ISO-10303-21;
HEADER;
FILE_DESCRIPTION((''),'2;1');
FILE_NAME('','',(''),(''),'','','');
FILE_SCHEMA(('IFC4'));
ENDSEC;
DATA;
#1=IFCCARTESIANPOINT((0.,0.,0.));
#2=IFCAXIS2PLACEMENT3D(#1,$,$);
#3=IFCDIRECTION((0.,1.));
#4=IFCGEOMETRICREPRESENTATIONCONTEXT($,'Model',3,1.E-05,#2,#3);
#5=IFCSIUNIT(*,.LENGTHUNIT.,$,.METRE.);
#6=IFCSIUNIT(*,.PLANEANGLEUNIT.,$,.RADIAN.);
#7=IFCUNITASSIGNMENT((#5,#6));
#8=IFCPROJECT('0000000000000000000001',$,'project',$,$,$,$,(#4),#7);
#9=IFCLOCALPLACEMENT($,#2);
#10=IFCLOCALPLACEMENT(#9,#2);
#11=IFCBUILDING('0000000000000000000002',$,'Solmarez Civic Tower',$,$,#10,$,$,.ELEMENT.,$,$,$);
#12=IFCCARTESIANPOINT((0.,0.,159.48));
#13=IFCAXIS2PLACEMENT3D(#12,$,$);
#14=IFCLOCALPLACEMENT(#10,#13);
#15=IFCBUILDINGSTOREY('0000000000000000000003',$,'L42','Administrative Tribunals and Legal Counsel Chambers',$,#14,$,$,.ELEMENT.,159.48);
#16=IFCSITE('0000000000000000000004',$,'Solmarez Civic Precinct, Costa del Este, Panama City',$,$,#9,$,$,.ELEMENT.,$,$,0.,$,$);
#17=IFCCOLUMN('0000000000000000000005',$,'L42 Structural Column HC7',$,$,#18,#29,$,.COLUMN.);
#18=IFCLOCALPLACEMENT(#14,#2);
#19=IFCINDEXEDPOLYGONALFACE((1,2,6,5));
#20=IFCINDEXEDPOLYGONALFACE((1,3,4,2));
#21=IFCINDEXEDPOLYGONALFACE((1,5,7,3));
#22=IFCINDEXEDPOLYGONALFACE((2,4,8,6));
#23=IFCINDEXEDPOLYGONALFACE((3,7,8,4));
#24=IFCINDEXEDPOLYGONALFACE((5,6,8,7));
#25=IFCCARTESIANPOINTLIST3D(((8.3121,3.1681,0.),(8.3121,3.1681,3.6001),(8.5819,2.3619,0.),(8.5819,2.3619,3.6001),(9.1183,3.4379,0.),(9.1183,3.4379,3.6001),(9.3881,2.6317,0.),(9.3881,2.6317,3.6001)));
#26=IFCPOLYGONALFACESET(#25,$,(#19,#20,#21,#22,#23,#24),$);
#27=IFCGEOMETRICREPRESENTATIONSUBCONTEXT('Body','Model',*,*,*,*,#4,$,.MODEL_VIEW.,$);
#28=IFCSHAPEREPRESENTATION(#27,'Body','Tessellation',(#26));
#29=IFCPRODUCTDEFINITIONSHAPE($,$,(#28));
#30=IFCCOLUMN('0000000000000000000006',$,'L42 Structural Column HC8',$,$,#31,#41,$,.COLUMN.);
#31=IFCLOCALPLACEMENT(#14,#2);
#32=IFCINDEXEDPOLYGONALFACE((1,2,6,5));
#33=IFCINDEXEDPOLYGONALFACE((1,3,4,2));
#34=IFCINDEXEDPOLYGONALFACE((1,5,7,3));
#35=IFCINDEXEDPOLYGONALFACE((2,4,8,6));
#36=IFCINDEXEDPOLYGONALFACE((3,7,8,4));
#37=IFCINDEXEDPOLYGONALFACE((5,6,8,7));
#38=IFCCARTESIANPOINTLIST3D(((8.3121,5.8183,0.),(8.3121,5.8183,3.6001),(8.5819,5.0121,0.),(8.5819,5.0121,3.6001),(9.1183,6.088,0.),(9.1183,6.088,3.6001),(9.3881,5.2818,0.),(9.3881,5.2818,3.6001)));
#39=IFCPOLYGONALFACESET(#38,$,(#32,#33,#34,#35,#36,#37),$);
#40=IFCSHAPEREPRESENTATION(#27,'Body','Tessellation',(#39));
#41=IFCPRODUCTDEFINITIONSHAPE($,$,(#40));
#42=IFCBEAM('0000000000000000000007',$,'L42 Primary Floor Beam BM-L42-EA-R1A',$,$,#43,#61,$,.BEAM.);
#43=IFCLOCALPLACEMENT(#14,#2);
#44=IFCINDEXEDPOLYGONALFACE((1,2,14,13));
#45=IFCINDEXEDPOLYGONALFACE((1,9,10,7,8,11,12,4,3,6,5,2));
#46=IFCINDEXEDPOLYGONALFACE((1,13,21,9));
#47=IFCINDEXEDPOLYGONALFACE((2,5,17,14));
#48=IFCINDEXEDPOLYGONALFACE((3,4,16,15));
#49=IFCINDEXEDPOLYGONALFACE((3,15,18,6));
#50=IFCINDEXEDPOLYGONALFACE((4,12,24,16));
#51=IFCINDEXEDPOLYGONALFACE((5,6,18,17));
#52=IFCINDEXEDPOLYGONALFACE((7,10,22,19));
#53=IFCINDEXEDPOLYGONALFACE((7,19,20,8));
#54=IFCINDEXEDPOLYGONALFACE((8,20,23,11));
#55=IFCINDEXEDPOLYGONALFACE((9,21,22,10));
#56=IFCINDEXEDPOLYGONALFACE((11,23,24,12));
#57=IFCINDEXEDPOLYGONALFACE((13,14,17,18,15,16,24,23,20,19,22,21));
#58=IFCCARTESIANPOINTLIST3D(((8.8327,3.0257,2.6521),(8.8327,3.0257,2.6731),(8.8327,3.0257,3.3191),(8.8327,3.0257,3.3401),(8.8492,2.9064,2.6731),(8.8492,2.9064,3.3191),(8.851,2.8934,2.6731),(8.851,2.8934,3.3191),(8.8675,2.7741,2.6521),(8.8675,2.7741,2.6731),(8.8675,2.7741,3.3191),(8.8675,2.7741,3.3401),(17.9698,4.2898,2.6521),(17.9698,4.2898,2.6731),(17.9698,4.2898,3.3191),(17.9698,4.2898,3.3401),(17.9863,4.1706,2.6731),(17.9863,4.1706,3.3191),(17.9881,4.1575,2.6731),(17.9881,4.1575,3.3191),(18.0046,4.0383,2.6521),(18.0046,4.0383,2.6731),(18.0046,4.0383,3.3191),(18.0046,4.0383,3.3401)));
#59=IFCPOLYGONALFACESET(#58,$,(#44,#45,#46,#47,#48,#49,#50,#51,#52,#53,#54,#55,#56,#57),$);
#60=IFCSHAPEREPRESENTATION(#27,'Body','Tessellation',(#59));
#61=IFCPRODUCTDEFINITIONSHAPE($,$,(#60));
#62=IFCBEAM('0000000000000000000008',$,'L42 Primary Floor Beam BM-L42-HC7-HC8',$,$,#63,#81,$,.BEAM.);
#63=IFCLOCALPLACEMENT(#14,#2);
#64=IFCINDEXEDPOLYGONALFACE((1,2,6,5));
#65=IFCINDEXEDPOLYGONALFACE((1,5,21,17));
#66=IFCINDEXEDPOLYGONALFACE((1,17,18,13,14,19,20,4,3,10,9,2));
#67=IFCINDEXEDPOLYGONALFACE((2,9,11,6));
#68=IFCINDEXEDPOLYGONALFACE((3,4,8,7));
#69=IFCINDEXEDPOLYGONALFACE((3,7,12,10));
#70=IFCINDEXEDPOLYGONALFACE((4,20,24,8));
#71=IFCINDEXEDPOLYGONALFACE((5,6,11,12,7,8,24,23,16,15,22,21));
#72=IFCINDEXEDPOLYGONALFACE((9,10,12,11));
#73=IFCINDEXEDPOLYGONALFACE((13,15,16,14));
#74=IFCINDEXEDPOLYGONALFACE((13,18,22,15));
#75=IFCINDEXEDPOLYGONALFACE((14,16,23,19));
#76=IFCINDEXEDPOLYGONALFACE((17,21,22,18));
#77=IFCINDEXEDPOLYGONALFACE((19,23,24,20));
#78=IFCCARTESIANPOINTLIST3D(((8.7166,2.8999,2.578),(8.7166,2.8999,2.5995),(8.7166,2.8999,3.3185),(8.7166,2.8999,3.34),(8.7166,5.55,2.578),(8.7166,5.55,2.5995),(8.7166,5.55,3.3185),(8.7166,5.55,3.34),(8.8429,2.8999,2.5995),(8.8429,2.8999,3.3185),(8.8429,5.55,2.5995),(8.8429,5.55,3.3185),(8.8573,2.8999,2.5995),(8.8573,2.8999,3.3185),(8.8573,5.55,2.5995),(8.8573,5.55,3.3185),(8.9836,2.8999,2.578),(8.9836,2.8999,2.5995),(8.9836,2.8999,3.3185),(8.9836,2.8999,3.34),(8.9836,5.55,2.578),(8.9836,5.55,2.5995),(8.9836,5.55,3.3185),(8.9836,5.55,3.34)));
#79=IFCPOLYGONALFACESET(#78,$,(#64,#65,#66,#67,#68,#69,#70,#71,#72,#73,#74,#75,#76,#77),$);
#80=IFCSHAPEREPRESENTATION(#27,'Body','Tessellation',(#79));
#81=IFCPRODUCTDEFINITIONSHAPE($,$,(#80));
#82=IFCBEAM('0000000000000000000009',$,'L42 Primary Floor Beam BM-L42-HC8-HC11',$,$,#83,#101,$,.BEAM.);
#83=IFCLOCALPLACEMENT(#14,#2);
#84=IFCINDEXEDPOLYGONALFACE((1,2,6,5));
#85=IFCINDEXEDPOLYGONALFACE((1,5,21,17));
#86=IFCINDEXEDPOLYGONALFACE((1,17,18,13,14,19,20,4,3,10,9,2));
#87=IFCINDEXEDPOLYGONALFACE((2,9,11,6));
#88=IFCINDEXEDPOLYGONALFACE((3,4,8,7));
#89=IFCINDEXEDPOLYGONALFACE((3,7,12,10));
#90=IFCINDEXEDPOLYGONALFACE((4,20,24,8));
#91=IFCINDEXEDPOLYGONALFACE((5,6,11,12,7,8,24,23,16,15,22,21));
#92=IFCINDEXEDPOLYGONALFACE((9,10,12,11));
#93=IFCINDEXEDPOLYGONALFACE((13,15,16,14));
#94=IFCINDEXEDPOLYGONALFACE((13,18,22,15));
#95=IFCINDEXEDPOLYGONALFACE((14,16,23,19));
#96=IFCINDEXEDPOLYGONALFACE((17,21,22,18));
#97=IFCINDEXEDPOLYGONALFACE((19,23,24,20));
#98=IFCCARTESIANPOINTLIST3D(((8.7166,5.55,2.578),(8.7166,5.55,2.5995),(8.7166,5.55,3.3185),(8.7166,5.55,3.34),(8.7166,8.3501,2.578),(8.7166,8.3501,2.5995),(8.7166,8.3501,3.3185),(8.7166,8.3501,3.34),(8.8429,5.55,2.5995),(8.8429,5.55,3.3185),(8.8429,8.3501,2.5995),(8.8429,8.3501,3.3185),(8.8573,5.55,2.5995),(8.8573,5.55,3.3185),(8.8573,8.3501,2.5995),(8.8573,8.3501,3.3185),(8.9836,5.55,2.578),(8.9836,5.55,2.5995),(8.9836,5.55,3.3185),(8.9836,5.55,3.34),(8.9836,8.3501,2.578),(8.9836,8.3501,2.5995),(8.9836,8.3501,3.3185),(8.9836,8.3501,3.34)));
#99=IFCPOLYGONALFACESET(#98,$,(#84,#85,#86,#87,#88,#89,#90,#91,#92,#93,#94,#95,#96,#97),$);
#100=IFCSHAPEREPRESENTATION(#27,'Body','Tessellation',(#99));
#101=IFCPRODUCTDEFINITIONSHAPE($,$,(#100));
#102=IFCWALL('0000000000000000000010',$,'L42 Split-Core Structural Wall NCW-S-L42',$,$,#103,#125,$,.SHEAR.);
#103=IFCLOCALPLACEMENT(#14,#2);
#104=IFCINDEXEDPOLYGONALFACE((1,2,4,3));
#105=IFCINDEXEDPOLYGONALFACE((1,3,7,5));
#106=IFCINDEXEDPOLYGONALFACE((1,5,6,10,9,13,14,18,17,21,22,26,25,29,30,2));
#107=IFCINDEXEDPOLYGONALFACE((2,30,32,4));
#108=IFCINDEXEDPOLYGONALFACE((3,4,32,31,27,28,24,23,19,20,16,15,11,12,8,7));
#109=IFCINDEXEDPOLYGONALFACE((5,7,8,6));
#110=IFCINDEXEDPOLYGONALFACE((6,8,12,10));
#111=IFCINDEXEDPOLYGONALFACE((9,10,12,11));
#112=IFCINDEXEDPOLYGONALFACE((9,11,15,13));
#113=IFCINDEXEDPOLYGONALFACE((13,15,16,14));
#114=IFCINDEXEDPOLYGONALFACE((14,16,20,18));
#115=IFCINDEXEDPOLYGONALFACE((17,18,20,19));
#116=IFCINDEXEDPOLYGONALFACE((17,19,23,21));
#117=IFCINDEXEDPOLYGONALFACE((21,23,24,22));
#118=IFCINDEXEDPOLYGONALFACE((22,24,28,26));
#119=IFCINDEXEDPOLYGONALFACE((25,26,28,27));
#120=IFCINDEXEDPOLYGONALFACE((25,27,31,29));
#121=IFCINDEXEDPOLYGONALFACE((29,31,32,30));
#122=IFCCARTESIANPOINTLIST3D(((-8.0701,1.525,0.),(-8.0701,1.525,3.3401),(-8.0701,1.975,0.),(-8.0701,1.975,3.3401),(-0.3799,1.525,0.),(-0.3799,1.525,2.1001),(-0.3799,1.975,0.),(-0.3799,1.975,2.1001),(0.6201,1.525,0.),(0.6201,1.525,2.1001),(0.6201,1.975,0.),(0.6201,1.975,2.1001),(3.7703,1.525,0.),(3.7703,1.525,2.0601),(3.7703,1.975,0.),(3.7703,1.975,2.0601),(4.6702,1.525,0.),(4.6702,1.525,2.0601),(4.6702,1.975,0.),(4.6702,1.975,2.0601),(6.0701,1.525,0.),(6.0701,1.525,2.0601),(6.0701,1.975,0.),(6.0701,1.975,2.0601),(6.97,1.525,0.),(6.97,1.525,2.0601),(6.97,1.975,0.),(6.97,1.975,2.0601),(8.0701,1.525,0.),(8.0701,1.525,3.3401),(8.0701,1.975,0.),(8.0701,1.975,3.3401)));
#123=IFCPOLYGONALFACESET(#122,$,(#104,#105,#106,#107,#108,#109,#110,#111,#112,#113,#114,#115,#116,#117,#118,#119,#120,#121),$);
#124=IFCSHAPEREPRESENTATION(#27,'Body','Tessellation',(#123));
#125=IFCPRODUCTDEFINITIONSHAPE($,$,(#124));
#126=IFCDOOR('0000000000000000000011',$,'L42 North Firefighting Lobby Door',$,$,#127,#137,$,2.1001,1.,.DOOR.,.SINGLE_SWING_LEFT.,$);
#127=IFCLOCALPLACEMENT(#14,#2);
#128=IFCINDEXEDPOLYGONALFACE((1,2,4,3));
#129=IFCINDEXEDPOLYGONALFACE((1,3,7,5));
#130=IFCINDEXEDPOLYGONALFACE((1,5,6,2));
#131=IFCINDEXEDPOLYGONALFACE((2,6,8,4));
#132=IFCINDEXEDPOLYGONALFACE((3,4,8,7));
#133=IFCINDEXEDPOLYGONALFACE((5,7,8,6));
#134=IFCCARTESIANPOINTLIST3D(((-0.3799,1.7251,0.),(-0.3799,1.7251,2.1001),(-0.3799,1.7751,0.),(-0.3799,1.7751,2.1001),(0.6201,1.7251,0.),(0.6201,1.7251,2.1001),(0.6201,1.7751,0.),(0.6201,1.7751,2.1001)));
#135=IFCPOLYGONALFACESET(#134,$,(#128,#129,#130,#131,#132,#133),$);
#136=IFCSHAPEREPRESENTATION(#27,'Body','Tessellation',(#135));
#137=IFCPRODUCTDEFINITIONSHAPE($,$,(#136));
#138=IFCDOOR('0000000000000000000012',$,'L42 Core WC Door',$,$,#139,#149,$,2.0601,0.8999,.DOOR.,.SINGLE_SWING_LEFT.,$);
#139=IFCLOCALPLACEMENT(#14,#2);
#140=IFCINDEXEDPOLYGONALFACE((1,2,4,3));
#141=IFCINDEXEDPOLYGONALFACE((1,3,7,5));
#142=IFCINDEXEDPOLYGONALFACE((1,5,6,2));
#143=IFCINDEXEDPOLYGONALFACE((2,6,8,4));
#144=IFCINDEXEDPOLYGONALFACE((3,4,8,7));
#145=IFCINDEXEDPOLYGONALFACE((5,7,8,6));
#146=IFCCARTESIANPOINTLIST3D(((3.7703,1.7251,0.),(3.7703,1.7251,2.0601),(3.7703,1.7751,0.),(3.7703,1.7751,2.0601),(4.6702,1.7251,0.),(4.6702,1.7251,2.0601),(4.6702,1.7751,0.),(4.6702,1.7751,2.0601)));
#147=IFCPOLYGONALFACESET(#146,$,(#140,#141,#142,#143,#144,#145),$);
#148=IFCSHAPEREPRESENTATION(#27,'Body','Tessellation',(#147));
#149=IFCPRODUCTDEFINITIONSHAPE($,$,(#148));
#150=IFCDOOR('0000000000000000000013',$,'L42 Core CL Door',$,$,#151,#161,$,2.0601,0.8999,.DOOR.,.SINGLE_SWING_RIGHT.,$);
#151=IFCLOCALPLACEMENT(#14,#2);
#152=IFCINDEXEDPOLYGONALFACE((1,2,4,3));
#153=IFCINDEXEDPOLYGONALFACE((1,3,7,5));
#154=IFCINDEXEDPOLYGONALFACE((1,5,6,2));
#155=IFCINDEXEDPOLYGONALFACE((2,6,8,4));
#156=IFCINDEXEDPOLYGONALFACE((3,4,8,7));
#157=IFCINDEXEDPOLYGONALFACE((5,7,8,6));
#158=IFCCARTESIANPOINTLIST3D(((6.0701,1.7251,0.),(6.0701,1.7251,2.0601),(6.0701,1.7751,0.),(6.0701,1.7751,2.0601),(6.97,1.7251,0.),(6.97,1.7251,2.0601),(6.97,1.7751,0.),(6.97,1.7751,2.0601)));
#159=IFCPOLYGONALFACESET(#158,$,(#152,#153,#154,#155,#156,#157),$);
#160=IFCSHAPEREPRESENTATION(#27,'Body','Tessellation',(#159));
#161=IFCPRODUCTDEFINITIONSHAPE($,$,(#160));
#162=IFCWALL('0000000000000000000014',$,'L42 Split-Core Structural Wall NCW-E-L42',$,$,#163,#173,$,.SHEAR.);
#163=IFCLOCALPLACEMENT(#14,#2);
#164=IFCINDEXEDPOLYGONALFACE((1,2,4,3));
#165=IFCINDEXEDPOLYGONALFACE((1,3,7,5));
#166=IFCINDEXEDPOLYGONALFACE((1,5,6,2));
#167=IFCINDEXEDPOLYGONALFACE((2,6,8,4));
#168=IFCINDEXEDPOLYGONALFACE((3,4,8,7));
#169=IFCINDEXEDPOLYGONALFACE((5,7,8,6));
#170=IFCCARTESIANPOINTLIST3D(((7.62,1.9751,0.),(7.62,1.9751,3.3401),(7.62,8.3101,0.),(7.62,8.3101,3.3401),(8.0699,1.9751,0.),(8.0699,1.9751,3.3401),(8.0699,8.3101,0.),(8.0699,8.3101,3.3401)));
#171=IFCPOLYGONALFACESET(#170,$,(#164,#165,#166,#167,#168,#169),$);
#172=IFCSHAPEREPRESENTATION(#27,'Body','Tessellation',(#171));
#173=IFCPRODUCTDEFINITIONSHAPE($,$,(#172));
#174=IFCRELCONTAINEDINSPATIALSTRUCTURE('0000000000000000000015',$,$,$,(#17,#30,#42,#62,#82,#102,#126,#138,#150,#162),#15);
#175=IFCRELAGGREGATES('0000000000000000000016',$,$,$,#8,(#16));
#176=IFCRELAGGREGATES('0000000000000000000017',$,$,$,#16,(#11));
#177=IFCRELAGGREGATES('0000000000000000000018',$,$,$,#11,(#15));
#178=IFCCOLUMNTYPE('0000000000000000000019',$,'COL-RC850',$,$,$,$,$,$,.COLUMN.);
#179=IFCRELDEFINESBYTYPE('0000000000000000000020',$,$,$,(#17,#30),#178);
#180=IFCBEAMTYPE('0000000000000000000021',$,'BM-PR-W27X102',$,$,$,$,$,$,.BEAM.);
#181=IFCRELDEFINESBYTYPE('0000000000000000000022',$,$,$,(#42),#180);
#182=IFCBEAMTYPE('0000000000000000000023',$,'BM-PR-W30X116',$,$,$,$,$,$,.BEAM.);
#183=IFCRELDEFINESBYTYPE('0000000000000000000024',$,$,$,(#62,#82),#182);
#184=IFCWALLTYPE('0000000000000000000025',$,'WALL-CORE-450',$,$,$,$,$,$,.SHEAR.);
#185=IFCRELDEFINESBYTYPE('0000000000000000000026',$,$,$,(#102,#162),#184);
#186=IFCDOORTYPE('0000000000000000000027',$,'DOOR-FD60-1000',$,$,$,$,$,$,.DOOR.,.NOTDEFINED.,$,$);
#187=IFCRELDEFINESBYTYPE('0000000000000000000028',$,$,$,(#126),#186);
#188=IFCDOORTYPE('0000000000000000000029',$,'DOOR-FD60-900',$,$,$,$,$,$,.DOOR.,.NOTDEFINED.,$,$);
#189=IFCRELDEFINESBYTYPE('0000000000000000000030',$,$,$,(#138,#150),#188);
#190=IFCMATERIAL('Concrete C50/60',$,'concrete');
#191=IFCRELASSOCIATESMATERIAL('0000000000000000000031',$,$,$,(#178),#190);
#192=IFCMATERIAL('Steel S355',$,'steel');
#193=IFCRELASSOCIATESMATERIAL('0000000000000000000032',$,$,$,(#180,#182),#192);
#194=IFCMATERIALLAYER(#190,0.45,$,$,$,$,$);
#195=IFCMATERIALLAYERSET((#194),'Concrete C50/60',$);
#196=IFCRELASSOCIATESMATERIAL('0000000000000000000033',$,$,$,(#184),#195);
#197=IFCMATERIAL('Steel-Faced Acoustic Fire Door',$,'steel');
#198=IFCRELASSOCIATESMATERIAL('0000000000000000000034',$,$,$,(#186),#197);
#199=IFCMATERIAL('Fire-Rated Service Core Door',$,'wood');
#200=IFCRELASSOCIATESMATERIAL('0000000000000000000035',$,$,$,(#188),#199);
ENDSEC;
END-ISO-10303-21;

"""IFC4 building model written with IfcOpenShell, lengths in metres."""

from ifc_helpers import new_model, si_unit, direction, frame, frame_2d, origin, origin_2d, place, context, subcontext, project, spatial, rectangle, i_section, extrude, material, layer, layer_set, material_profile, profile_set, type_object, element, fill, save


model = new_model("IFC4")

# Units and contexts
model_context = context("Model", 3, precision=1e-05, world=origin(), true_north=direction((0.0, 1.0)))
body_context = subcontext(model_context, "Body", "Model", "MODEL_VIEW")
ifc_project = project(units=[si_unit("LENGTHUNIT", "METRE"), si_unit("PLANEANGLEUNIT", "RADIAN")], contexts=[model_context])

# Site, building, storey
site_placement = place(None, origin())
site = spatial("IfcSite", under=ifc_project, at=site_placement, Name="Solmarez Civic Precinct, Costa del Este, Panama City", CompositionType="ELEMENT", RefElevation=0.0)
building_placement = place(site_placement, origin())
building = spatial("IfcBuilding", under=site, at=building_placement, Name="Solmarez Civic Tower", CompositionType="ELEMENT")
storey_placement = place(building_placement, frame((0.0, 0.0, 159.48)))
storey = spatial("IfcBuildingStorey", under=building, at=storey_placement, Name="L42", Description="Administrative Tribunals and Legal Counsel Chambers", CompositionType="ELEMENT", Elevation=159.48)

# Columns
ifc_material_1 = material(Name="Concrete C50/60", Category="concrete")
ifc_material_profile_1 = material_profile(ifc_material_1, rectangle(XDim=0.8501, YDim=0.8501, at=origin_2d()), Name="RC850X850")
ifc_profile_set_1 = profile_set([ifc_material_profile_1], Name="Concrete C50/60")
column_type = type_object("IfcColumnType", Name="COL-RC850", PredefinedType="COLUMN", material=ifc_profile_set_1)
for number, where, z_axis, x_axis, name in (
    (1, (8.8501, 2.8999, 0.0), (0.0, 0.0, 1.0), (0.948324, 0.317305, 0.0), "L42 Structural Column HC7"),
    (2, (8.8501, 5.55, 0.0), (0.0, 0.0, 1.0), (0.948324, 0.317305, 0.0), "L42 Structural Column HC8"),
):
    element("IfcColumn", number, at=place(storey_placement, frame(where, z_axis=z_axis, x_axis=x_axis)), inside=storey, type_object=column_type, Name=name, PredefinedType="COLUMN", context=body_context, shape_type="SweptSolid", body=[
        extrude(rectangle(XDim=0.8501, YDim=0.8501, at=origin_2d()), origin(), (0.0, 0.0, 1.0), 3.6001),
    ])

# Beams
ifc_material_2 = material(Name="Steel S355", Category="steel")
ifc_material_profile_2 = material_profile(ifc_material_2, i_section(OverallWidth=0.2539, OverallDepth=0.688, WebThickness=0.0132, FlangeThickness=0.021, at=origin_2d()), Name="W27X102")
ifc_profile_set_2 = profile_set([ifc_material_profile_2], Name="Steel S355")
beam_type_1 = type_object("IfcBeamType", Name="BM-PR-W27X102", PredefinedType="BEAM", material=ifc_profile_set_2)
beam_1_placement = place(storey_placement, frame((8.8501, 2.8999, 2.9961), z_axis=(0.990564, 0.137051, 0.0), x_axis=(-0.137051, 0.990564, 0.0)))
element("IfcBeam", 3, at=beam_1_placement, inside=storey, type_object=beam_type_1, Name="L42 Primary Floor Beam BM-L42-EA-R1A", PredefinedType="BEAM", context=body_context, shape_type="SweptSolid", body=[
    extrude(i_section(OverallWidth=0.2539, OverallDepth=0.688, WebThickness=0.0132, FlangeThickness=0.021, at=origin_2d()), origin(), (0.0, 0.0, 1.0), 9.2241),
])
ifc_material_profile_3 = material_profile(ifc_material_2, i_section(OverallWidth=0.2671, OverallDepth=0.762, WebThickness=0.0144, FlangeThickness=0.0215, at=origin_2d()), Name="W30X116")
ifc_profile_set_3 = profile_set([ifc_material_profile_3], Name="Steel S355")
beam_type_2 = type_object("IfcBeamType", Name="BM-PR-W30X116", PredefinedType="BEAM", material=ifc_profile_set_3)
beam_2_placement = place(storey_placement, frame((8.8501, 2.8999, 2.959), z_axis=(0.0, 1.0, 0.0), x_axis=(-1.0, 0.0, 0.0)))
element("IfcBeam", 4, at=beam_2_placement, inside=storey, type_object=beam_type_2, Name="L42 Primary Floor Beam BM-L42-HC7-HC8", PredefinedType="BEAM", context=body_context, shape_type="SweptSolid", body=[
    extrude(i_section(OverallWidth=0.2671, OverallDepth=0.762, WebThickness=0.0144, FlangeThickness=0.0215, at=origin_2d()), origin(), (0.0, 0.0, 1.0), 2.6501),
])
beam_3_placement = place(storey_placement, frame((8.8501, 5.55, 2.959), z_axis=(0.0, 1.0, 0.0), x_axis=(-1.0, 0.0, 0.0)))
element("IfcBeam", 5, at=beam_3_placement, inside=storey, type_object=beam_type_2, Name="L42 Primary Floor Beam BM-L42-HC8-HC11", PredefinedType="BEAM", context=body_context, shape_type="SweptSolid", body=[
    extrude(i_section(OverallWidth=0.2671, OverallDepth=0.762, WebThickness=0.0144, FlangeThickness=0.0215, at=origin_2d()), origin(), (0.0, 0.0, 1.0), 2.8),
])

# Wall, openings, doors
ifc_layer_1 = layer(ifc_material_1, 0.45)
ifc_layer_set_1 = layer_set([ifc_layer_1], Name="Concrete C50/60")
wall_type_1 = type_object("IfcWallType", Name="WALL-CORE-450", PredefinedType="SHEAR", material=ifc_layer_set_1)
wall_1_placement = place(storey_placement, frame((8.0701, 1.75, 0.0), z_axis=(0.0, 0.0, 1.0), x_axis=(-1.0, 0.0, 0.0)))
wall_1 = element("IfcWall", 6, at=wall_1_placement, inside=storey, type_object=wall_type_1, Name="L42 Split-Core Structural Wall NCW-S-L42", PredefinedType="SHEAR", context=body_context, shape_type="SweptSolid", body=[
    extrude(rectangle(XDim=16.1401, YDim=0.45, at=frame_2d((8.0701, 0.0))), origin(), (0.0, 0.0, 1.0), 3.3401),
])
opening_1_placement = place(wall_1_placement, frame((7.45, 0.0, 0.0)))
opening_1 = element("IfcOpeningElement", 7, at=opening_1_placement, cuts=wall_1, PredefinedType="OPENING", context=body_context, shape_type="SweptSolid", body=[
    extrude(rectangle(XDim=1.0, YDim=2.1001, at=frame_2d((0.5, 1.05))), frame((0.0, 0.2349, 0.0), z_axis=(0.0, -1.0, 0.0), x_axis=(1.0, 0.0, 0.0)), (0.0, 0.0, 1.0), 0.47),
])
opening_2_placement = place(wall_1_placement, frame((3.3999, 0.0, 0.0)))
opening_2 = element("IfcOpeningElement", 8, at=opening_2_placement, cuts=wall_1, PredefinedType="OPENING", context=body_context, shape_type="SweptSolid", body=[
    extrude(rectangle(XDim=0.8999, YDim=2.0601, at=frame_2d((0.45, 1.03))), frame((0.0, 0.2349, 0.0), z_axis=(0.0, -1.0, 0.0), x_axis=(1.0, 0.0, 0.0)), (0.0, 0.0, 1.0), 0.47),
])
opening_3_placement = place(wall_1_placement, frame((1.1001, 0.0, 0.0)))
opening_3 = element("IfcOpeningElement", 9, at=opening_3_placement, cuts=wall_1, PredefinedType="OPENING", context=body_context, shape_type="SweptSolid", body=[
    extrude(rectangle(XDim=0.8999, YDim=2.0601, at=frame_2d((0.45, 1.03))), frame((0.0, 0.2349, 0.0), z_axis=(0.0, -1.0, 0.0), x_axis=(1.0, 0.0, 0.0)), (0.0, 0.0, 1.0), 0.47),
])
ifc_material_3 = material(Name="Steel-Faced Acoustic Fire Door", Category="steel")
door_type_1 = type_object("IfcDoorType", Name="DOOR-FD60-1000", OperationType="NOTDEFINED", PredefinedType="DOOR", material=ifc_material_3)
door_1_placement = place(opening_1_placement, origin())
door_1 = element("IfcDoor", 10, at=door_1_placement, inside=storey, type_object=door_type_1, Name="L42 North Firefighting Lobby Door", OperationType="SINGLE_SWING_LEFT", OverallHeight=2.1001, OverallWidth=1.0, PredefinedType="DOOR", context=body_context, shape_type="SweptSolid", body=[
    extrude(rectangle(XDim=1.0, YDim=2.1001, at=frame_2d((0.5, 1.05))), frame((0.0, 0.0249, 0.0), z_axis=(0.0, -1.0, 0.0), x_axis=(1.0, 0.0, 0.0)), (0.0, 0.0, 1.0), 0.05),
])
fill(opening_1, door_1)
ifc_material_4 = material(Name="Fire-Rated Service Core Door", Category="wood")
door_type_2 = type_object("IfcDoorType", Name="DOOR-FD60-900", OperationType="NOTDEFINED", PredefinedType="DOOR", material=ifc_material_4)
door_2_placement = place(opening_2_placement, origin())
door_2 = element("IfcDoor", 11, at=door_2_placement, inside=storey, type_object=door_type_2, Name="L42 Core WC Door", OperationType="SINGLE_SWING_LEFT", OverallHeight=2.0601, OverallWidth=0.8999, PredefinedType="DOOR", context=body_context, shape_type="SweptSolid", body=[
    extrude(rectangle(XDim=0.8999, YDim=2.0601, at=frame_2d((0.45, 1.03))), frame((0.0, 0.0249, 0.0), z_axis=(0.0, -1.0, 0.0), x_axis=(1.0, 0.0, 0.0)), (0.0, 0.0, 1.0), 0.05),
])
fill(opening_2, door_2)
door_3_placement = place(opening_3_placement, origin())
door_3 = element("IfcDoor", 12, at=door_3_placement, inside=storey, type_object=door_type_2, Name="L42 Core CL Door", OperationType="SINGLE_SWING_RIGHT", OverallHeight=2.0601, OverallWidth=0.8999, PredefinedType="DOOR", context=body_context, shape_type="SweptSolid", body=[
    extrude(rectangle(XDim=0.8999, YDim=2.0601, at=frame_2d((0.45, 1.03))), frame((0.0, 0.0249, 0.0), z_axis=(0.0, -1.0, 0.0), x_axis=(1.0, 0.0, 0.0)), (0.0, 0.0, 1.0), 0.05),
])
fill(opening_3, door_3)

# Wall
wall_2_placement = place(storey_placement, frame((7.845, 8.3101, 0.0), z_axis=(0.0, 0.0, 1.0), x_axis=(0.0, -1.0, 0.0)))
element("IfcWall", 13, at=wall_2_placement, inside=storey, type_object=wall_type_1, Name="L42 Split-Core Structural Wall NCW-E-L42", PredefinedType="SHEAR", context=body_context, shape_type="SweptSolid", body=[
    extrude(rectangle(XDim=6.335, YDim=0.45, at=frame_2d((3.1675, 0.0))), origin(), (0.0, 0.0, 1.0), 3.3401),
])

save(model, "model.ifc")
